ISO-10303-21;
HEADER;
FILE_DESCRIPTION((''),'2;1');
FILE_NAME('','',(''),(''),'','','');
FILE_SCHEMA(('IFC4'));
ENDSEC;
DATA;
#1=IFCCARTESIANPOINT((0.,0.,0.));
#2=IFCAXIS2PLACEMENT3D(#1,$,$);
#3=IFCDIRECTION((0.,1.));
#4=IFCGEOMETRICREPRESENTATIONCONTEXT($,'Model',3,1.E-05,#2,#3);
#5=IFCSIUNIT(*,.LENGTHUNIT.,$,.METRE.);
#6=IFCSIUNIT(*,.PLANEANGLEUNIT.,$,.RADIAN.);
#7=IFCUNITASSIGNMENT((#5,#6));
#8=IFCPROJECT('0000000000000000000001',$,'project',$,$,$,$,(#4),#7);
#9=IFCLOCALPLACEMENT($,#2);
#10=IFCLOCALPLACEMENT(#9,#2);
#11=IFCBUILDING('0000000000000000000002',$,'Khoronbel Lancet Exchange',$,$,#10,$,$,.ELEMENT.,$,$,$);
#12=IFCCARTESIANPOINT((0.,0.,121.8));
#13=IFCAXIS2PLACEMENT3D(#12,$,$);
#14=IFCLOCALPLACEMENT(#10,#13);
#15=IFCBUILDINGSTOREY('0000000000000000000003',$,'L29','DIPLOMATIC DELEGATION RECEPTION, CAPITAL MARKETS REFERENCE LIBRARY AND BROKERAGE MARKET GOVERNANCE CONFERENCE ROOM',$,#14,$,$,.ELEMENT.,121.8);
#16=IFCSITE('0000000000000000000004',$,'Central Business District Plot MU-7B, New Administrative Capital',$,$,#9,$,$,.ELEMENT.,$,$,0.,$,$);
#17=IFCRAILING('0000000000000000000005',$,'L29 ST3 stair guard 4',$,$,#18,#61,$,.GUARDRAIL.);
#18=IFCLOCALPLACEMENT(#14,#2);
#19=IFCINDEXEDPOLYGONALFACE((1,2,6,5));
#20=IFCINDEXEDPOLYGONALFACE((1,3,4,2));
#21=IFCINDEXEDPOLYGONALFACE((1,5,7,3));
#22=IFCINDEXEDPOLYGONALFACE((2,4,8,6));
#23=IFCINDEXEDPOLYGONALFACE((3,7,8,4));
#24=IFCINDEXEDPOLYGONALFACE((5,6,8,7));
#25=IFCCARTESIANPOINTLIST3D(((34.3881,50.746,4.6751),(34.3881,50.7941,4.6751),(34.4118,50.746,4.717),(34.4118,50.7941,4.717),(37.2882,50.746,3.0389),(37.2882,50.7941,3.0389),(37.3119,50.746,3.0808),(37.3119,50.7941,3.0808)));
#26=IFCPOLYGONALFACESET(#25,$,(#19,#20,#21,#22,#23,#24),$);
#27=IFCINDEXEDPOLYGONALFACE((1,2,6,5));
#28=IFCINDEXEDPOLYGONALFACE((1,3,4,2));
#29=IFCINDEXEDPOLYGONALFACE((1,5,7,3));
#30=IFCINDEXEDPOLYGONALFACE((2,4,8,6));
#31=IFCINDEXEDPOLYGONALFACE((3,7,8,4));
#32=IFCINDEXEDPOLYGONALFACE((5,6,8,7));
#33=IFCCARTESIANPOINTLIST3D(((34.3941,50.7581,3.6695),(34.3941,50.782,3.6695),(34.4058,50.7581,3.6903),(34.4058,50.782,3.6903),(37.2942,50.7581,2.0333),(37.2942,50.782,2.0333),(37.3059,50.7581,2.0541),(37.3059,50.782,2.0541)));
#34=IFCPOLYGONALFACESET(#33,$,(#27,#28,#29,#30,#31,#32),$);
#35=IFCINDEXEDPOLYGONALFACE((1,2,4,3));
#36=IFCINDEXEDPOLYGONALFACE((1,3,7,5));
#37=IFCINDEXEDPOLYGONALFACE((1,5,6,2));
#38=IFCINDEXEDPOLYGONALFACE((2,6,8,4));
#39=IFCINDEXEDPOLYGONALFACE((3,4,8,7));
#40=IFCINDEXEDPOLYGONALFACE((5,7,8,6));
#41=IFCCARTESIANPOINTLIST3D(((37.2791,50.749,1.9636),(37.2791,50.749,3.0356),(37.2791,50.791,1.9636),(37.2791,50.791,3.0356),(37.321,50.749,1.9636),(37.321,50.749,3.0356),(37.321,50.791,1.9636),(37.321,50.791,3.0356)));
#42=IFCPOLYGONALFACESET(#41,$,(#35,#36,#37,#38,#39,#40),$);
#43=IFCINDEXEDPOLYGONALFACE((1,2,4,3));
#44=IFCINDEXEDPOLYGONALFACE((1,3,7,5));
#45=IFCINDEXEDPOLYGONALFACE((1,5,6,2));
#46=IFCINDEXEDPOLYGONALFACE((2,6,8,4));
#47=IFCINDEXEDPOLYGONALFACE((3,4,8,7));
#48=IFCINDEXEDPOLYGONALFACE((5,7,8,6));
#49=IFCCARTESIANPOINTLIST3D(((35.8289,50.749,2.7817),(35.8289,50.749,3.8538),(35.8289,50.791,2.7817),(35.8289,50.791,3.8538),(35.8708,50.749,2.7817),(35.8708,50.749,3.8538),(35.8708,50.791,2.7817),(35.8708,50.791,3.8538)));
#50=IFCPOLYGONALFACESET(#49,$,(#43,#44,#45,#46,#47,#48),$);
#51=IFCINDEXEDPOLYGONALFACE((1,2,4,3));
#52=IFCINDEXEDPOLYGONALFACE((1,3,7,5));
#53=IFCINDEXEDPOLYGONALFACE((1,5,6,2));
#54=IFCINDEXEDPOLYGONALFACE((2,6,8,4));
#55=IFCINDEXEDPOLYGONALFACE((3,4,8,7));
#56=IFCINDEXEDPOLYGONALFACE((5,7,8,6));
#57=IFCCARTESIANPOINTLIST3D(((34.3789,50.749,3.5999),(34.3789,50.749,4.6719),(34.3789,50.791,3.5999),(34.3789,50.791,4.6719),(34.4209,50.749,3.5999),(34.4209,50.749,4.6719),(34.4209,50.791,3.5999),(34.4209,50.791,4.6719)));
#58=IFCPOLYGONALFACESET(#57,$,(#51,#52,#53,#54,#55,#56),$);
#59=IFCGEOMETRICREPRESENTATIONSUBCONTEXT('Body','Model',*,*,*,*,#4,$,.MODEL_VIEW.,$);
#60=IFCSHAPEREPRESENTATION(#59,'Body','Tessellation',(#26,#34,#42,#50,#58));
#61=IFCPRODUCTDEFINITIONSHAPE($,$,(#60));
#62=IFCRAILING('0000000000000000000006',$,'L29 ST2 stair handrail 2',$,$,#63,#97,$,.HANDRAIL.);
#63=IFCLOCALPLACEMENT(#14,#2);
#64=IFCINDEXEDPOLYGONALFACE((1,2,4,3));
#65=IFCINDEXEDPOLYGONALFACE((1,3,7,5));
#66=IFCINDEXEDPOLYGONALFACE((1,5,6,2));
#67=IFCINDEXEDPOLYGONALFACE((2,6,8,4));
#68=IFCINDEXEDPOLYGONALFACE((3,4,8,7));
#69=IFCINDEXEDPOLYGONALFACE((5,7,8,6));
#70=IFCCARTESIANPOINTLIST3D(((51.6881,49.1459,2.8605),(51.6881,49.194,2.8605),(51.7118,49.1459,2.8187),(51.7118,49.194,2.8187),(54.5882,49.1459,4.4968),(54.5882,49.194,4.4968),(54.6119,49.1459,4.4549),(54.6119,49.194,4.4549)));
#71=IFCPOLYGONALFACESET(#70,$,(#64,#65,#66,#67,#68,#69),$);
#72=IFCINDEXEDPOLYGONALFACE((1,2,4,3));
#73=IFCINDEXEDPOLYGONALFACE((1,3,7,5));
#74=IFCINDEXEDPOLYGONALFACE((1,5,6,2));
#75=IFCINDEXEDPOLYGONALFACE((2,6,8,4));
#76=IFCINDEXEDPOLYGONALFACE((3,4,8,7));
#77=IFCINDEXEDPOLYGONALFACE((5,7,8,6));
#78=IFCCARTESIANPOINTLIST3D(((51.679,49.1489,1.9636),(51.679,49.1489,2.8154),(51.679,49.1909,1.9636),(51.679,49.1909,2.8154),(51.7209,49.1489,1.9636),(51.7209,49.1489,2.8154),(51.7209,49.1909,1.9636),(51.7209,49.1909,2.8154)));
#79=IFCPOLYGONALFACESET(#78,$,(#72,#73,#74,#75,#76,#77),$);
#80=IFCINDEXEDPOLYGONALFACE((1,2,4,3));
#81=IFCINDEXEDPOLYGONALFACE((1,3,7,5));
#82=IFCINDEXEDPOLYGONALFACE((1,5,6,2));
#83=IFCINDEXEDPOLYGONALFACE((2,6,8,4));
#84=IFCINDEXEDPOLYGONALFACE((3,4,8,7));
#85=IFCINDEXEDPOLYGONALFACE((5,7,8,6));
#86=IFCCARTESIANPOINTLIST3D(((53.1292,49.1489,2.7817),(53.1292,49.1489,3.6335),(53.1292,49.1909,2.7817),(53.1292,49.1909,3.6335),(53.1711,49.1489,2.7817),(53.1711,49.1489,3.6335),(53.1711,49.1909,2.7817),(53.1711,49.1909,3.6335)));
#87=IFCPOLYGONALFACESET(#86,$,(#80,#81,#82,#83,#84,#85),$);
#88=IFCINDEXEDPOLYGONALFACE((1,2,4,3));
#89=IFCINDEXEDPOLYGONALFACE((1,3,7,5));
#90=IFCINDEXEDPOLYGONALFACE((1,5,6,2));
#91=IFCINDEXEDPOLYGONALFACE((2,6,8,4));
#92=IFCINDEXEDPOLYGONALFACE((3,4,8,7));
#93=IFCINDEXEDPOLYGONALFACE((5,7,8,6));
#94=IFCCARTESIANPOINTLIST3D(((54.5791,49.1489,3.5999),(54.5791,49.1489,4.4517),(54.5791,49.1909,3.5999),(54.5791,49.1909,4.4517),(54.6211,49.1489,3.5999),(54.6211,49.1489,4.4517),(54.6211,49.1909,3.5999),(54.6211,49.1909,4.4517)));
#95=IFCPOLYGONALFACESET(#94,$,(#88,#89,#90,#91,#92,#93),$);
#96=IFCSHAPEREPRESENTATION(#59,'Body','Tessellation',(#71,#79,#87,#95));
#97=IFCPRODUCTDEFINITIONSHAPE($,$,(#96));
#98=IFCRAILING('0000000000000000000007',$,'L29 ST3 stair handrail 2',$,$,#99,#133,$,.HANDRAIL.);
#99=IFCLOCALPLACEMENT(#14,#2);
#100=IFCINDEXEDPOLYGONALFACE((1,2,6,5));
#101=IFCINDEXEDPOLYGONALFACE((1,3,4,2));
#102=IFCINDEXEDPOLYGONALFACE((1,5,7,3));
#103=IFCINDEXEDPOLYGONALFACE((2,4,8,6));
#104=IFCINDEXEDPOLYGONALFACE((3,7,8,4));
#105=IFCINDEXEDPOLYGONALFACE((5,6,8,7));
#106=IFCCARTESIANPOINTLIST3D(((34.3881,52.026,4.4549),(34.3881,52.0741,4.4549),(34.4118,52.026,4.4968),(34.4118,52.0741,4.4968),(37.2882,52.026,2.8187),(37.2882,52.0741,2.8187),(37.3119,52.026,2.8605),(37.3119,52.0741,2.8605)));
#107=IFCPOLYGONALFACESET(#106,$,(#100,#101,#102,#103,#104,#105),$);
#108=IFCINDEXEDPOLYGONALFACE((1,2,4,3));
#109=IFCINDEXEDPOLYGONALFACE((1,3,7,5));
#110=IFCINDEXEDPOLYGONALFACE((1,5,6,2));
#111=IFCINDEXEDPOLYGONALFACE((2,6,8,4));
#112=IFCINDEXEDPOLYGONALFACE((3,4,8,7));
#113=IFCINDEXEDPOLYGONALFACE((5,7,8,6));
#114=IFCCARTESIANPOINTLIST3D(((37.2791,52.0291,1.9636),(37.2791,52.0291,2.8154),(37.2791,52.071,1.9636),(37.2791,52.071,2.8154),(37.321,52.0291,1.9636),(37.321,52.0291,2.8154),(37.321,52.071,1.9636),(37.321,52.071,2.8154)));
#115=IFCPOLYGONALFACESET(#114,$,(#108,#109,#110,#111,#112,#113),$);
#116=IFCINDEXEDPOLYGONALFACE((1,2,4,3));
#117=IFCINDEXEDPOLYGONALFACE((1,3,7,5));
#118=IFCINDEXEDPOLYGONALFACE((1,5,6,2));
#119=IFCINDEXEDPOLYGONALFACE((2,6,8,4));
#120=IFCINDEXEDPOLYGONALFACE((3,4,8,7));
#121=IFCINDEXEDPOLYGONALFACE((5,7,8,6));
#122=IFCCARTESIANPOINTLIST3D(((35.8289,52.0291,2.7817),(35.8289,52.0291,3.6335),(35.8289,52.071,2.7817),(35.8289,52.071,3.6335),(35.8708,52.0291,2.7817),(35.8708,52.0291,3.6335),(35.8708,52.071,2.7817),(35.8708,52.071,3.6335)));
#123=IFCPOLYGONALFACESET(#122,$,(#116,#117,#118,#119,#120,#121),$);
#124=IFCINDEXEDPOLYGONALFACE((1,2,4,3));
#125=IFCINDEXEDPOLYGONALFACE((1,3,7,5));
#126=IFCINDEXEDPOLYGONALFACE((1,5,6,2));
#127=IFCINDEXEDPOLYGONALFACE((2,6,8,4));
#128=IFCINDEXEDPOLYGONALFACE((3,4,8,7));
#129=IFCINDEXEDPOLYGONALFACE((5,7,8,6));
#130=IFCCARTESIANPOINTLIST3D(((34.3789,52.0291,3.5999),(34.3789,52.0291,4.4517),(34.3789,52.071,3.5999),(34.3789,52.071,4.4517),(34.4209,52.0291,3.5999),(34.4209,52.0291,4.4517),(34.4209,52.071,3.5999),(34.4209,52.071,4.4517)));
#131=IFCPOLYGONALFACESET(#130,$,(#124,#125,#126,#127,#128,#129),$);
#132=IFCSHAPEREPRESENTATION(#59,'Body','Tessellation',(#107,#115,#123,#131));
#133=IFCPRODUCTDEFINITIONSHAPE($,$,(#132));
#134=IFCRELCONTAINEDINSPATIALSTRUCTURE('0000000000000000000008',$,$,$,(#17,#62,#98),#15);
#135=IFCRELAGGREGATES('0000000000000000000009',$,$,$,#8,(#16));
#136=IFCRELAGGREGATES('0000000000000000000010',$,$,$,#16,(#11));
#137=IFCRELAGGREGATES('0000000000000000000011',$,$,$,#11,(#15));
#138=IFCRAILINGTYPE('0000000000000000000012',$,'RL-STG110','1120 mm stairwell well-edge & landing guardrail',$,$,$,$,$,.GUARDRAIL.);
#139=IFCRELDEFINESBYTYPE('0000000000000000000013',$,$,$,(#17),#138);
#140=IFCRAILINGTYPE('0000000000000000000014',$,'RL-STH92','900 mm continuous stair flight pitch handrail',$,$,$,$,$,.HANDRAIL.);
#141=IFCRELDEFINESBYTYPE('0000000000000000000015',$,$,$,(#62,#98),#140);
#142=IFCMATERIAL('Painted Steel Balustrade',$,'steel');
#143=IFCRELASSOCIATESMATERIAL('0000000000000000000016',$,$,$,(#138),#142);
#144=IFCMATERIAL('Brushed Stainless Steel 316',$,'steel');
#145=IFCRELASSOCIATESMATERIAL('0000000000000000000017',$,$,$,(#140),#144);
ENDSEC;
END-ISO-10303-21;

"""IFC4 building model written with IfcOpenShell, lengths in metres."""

from ifc_helpers import new_model, si_unit, direction, frame, origin, origin_2d, place, context, subcontext, project, spatial, rectangle, extrude, material, type_object, element, save


model = new_model("IFC4")

# Units and contexts
model_context = context("Model", 3, precision=1e-05, world=origin(), true_north=direction((0.0, 1.0)))
body_context = subcontext(model_context, "Body", "Model", "MODEL_VIEW")
ifc_project = project(units=[si_unit("LENGTHUNIT", "METRE"), si_unit("PLANEANGLEUNIT", "RADIAN")], contexts=[model_context])

# Site, building, storey
site_placement = place(None, origin())
site = spatial("IfcSite", under=ifc_project, at=site_placement, Name="Central Business District Plot MU-7B, New Administrative Capital", CompositionType="ELEMENT", RefElevation=0.0)
building_placement = place(site_placement, origin())
building = spatial("IfcBuilding", under=site, at=building_placement, Name="Khoronbel Lancet Exchange", CompositionType="ELEMENT")
storey_placement = place(building_placement, frame((0.0, 0.0, 121.8)))
storey = spatial("IfcBuildingStorey", under=building, at=storey_placement, Name="L29", Description="DIPLOMATIC DELEGATION RECEPTION, CAPITAL MARKETS REFERENCE LIBRARY AND BROKERAGE MARKET GOVERNANCE CONFERENCE ROOM", CompositionType="ELEMENT", Elevation=121.8)

# Railings
ifc_material_1 = material(Name="Painted Steel Balustrade", Category="steel")
railing_type_1 = type_object("IfcRailingType", Name="RL-STG110", Description="1120 mm stairwell well-edge & landing guardrail", PredefinedType="GUARDRAIL", material=ifc_material_1)
railing_1_placement = place(storey_placement, frame((37.3, 50.77, 1.9636)))
element("IfcRailing", 1, at=railing_1_placement, inside=storey, type_object=railing_type_1, Name="L29 ST3 stair guard 4", PredefinedType="GUARDRAIL", context=body_context, shape_type="SweptSolid", body=[
    extrude(rectangle(XDim=0.0481, YDim=0.0481, at=origin_2d()), frame((0.0, 0.0, 1.0962), z_axis=(-0.870946, 0.0, 0.491378), x_axis=(0.0, -1.0, 0.0)), (0.0, 0.0, 1.0), 3.3298),
    extrude(rectangle(XDim=0.0239, YDim=0.0239, at=origin_2d()), frame((0.0, 0.0, 0.0801), z_axis=(-0.870946, 0.0, 0.491378), x_axis=(0.0, -1.0, 0.0)), (0.0, 0.0, 1.0), 3.3298),
    extrude(rectangle(XDim=0.042, YDim=0.042, at=origin_2d()), origin(), (0.0, 0.0, 1.0), 1.072),
    extrude(rectangle(XDim=0.042, YDim=0.042, at=origin_2d()), frame((-1.4502, 0.0, 0.8181)), (0.0, 0.0, 1.0), 1.072),
    extrude(rectangle(XDim=0.042, YDim=0.042, at=origin_2d()), frame((-2.9001, 0.0, 1.6362)), (0.0, 0.0, 1.0), 1.072),
])
ifc_material_2 = material(Name="Brushed Stainless Steel 316", Category="steel")
railing_type_2 = type_object("IfcRailingType", Name="RL-STH92", Description="900 mm continuous stair flight pitch handrail", PredefinedType="HANDRAIL", material=ifc_material_2)
railing_2_placement = place(storey_placement, frame((51.7, 49.1699, 1.9636)))
element("IfcRailing", 2, at=railing_2_placement, inside=storey, type_object=railing_type_2, Name="L29 ST2 stair handrail 2", PredefinedType="HANDRAIL", context=body_context, shape_type="SweptSolid", body=[
    extrude(rectangle(XDim=0.0481, YDim=0.0481, at=origin_2d()), frame((0.0, 0.0, 0.876), z_axis=(0.870946, 0.0, 0.491378), x_axis=(0.0, 1.0, 0.0)), (0.0, 0.0, 1.0), 3.3298),
    extrude(rectangle(XDim=0.042, YDim=0.042, at=origin_2d()), origin(), (0.0, 0.0, 1.0), 0.8518),
    extrude(rectangle(XDim=0.042, YDim=0.042, at=origin_2d()), frame((1.4502, 0.0, 0.8181)), (0.0, 0.0, 1.0), 0.8518),
    extrude(rectangle(XDim=0.042, YDim=0.042, at=origin_2d()), frame((2.9001, 0.0, 1.6362)), (0.0, 0.0, 1.0), 0.8518),
])
railing_3_placement = place(storey_placement, frame((37.3, 52.05, 1.9636)))
element("IfcRailing", 3, at=railing_3_placement, inside=storey, type_object=railing_type_2, Name="L29 ST3 stair handrail 2", PredefinedType="HANDRAIL", context=body_context, shape_type="SweptSolid", body=[
    extrude(rectangle(XDim=0.0481, YDim=0.0481, at=origin_2d()), frame((0.0, 0.0, 0.876), z_axis=(-0.870946, 0.0, 0.491378), x_axis=(0.0, -1.0, 0.0)), (0.0, 0.0, 1.0), 3.3298),
    extrude(rectangle(XDim=0.042, YDim=0.042, at=origin_2d()), origin(), (0.0, 0.0, 1.0), 0.8518),
    extrude(rectangle(XDim=0.042, YDim=0.042, at=origin_2d()), frame((-1.4502, 0.0, 0.8181)), (0.0, 0.0, 1.0), 0.8518),
    extrude(rectangle(XDim=0.042, YDim=0.042, at=origin_2d()), frame((-2.9001, 0.0, 1.6362)), (0.0, 0.0, 1.0), 0.8518),
])

save(model, "model.ifc")
